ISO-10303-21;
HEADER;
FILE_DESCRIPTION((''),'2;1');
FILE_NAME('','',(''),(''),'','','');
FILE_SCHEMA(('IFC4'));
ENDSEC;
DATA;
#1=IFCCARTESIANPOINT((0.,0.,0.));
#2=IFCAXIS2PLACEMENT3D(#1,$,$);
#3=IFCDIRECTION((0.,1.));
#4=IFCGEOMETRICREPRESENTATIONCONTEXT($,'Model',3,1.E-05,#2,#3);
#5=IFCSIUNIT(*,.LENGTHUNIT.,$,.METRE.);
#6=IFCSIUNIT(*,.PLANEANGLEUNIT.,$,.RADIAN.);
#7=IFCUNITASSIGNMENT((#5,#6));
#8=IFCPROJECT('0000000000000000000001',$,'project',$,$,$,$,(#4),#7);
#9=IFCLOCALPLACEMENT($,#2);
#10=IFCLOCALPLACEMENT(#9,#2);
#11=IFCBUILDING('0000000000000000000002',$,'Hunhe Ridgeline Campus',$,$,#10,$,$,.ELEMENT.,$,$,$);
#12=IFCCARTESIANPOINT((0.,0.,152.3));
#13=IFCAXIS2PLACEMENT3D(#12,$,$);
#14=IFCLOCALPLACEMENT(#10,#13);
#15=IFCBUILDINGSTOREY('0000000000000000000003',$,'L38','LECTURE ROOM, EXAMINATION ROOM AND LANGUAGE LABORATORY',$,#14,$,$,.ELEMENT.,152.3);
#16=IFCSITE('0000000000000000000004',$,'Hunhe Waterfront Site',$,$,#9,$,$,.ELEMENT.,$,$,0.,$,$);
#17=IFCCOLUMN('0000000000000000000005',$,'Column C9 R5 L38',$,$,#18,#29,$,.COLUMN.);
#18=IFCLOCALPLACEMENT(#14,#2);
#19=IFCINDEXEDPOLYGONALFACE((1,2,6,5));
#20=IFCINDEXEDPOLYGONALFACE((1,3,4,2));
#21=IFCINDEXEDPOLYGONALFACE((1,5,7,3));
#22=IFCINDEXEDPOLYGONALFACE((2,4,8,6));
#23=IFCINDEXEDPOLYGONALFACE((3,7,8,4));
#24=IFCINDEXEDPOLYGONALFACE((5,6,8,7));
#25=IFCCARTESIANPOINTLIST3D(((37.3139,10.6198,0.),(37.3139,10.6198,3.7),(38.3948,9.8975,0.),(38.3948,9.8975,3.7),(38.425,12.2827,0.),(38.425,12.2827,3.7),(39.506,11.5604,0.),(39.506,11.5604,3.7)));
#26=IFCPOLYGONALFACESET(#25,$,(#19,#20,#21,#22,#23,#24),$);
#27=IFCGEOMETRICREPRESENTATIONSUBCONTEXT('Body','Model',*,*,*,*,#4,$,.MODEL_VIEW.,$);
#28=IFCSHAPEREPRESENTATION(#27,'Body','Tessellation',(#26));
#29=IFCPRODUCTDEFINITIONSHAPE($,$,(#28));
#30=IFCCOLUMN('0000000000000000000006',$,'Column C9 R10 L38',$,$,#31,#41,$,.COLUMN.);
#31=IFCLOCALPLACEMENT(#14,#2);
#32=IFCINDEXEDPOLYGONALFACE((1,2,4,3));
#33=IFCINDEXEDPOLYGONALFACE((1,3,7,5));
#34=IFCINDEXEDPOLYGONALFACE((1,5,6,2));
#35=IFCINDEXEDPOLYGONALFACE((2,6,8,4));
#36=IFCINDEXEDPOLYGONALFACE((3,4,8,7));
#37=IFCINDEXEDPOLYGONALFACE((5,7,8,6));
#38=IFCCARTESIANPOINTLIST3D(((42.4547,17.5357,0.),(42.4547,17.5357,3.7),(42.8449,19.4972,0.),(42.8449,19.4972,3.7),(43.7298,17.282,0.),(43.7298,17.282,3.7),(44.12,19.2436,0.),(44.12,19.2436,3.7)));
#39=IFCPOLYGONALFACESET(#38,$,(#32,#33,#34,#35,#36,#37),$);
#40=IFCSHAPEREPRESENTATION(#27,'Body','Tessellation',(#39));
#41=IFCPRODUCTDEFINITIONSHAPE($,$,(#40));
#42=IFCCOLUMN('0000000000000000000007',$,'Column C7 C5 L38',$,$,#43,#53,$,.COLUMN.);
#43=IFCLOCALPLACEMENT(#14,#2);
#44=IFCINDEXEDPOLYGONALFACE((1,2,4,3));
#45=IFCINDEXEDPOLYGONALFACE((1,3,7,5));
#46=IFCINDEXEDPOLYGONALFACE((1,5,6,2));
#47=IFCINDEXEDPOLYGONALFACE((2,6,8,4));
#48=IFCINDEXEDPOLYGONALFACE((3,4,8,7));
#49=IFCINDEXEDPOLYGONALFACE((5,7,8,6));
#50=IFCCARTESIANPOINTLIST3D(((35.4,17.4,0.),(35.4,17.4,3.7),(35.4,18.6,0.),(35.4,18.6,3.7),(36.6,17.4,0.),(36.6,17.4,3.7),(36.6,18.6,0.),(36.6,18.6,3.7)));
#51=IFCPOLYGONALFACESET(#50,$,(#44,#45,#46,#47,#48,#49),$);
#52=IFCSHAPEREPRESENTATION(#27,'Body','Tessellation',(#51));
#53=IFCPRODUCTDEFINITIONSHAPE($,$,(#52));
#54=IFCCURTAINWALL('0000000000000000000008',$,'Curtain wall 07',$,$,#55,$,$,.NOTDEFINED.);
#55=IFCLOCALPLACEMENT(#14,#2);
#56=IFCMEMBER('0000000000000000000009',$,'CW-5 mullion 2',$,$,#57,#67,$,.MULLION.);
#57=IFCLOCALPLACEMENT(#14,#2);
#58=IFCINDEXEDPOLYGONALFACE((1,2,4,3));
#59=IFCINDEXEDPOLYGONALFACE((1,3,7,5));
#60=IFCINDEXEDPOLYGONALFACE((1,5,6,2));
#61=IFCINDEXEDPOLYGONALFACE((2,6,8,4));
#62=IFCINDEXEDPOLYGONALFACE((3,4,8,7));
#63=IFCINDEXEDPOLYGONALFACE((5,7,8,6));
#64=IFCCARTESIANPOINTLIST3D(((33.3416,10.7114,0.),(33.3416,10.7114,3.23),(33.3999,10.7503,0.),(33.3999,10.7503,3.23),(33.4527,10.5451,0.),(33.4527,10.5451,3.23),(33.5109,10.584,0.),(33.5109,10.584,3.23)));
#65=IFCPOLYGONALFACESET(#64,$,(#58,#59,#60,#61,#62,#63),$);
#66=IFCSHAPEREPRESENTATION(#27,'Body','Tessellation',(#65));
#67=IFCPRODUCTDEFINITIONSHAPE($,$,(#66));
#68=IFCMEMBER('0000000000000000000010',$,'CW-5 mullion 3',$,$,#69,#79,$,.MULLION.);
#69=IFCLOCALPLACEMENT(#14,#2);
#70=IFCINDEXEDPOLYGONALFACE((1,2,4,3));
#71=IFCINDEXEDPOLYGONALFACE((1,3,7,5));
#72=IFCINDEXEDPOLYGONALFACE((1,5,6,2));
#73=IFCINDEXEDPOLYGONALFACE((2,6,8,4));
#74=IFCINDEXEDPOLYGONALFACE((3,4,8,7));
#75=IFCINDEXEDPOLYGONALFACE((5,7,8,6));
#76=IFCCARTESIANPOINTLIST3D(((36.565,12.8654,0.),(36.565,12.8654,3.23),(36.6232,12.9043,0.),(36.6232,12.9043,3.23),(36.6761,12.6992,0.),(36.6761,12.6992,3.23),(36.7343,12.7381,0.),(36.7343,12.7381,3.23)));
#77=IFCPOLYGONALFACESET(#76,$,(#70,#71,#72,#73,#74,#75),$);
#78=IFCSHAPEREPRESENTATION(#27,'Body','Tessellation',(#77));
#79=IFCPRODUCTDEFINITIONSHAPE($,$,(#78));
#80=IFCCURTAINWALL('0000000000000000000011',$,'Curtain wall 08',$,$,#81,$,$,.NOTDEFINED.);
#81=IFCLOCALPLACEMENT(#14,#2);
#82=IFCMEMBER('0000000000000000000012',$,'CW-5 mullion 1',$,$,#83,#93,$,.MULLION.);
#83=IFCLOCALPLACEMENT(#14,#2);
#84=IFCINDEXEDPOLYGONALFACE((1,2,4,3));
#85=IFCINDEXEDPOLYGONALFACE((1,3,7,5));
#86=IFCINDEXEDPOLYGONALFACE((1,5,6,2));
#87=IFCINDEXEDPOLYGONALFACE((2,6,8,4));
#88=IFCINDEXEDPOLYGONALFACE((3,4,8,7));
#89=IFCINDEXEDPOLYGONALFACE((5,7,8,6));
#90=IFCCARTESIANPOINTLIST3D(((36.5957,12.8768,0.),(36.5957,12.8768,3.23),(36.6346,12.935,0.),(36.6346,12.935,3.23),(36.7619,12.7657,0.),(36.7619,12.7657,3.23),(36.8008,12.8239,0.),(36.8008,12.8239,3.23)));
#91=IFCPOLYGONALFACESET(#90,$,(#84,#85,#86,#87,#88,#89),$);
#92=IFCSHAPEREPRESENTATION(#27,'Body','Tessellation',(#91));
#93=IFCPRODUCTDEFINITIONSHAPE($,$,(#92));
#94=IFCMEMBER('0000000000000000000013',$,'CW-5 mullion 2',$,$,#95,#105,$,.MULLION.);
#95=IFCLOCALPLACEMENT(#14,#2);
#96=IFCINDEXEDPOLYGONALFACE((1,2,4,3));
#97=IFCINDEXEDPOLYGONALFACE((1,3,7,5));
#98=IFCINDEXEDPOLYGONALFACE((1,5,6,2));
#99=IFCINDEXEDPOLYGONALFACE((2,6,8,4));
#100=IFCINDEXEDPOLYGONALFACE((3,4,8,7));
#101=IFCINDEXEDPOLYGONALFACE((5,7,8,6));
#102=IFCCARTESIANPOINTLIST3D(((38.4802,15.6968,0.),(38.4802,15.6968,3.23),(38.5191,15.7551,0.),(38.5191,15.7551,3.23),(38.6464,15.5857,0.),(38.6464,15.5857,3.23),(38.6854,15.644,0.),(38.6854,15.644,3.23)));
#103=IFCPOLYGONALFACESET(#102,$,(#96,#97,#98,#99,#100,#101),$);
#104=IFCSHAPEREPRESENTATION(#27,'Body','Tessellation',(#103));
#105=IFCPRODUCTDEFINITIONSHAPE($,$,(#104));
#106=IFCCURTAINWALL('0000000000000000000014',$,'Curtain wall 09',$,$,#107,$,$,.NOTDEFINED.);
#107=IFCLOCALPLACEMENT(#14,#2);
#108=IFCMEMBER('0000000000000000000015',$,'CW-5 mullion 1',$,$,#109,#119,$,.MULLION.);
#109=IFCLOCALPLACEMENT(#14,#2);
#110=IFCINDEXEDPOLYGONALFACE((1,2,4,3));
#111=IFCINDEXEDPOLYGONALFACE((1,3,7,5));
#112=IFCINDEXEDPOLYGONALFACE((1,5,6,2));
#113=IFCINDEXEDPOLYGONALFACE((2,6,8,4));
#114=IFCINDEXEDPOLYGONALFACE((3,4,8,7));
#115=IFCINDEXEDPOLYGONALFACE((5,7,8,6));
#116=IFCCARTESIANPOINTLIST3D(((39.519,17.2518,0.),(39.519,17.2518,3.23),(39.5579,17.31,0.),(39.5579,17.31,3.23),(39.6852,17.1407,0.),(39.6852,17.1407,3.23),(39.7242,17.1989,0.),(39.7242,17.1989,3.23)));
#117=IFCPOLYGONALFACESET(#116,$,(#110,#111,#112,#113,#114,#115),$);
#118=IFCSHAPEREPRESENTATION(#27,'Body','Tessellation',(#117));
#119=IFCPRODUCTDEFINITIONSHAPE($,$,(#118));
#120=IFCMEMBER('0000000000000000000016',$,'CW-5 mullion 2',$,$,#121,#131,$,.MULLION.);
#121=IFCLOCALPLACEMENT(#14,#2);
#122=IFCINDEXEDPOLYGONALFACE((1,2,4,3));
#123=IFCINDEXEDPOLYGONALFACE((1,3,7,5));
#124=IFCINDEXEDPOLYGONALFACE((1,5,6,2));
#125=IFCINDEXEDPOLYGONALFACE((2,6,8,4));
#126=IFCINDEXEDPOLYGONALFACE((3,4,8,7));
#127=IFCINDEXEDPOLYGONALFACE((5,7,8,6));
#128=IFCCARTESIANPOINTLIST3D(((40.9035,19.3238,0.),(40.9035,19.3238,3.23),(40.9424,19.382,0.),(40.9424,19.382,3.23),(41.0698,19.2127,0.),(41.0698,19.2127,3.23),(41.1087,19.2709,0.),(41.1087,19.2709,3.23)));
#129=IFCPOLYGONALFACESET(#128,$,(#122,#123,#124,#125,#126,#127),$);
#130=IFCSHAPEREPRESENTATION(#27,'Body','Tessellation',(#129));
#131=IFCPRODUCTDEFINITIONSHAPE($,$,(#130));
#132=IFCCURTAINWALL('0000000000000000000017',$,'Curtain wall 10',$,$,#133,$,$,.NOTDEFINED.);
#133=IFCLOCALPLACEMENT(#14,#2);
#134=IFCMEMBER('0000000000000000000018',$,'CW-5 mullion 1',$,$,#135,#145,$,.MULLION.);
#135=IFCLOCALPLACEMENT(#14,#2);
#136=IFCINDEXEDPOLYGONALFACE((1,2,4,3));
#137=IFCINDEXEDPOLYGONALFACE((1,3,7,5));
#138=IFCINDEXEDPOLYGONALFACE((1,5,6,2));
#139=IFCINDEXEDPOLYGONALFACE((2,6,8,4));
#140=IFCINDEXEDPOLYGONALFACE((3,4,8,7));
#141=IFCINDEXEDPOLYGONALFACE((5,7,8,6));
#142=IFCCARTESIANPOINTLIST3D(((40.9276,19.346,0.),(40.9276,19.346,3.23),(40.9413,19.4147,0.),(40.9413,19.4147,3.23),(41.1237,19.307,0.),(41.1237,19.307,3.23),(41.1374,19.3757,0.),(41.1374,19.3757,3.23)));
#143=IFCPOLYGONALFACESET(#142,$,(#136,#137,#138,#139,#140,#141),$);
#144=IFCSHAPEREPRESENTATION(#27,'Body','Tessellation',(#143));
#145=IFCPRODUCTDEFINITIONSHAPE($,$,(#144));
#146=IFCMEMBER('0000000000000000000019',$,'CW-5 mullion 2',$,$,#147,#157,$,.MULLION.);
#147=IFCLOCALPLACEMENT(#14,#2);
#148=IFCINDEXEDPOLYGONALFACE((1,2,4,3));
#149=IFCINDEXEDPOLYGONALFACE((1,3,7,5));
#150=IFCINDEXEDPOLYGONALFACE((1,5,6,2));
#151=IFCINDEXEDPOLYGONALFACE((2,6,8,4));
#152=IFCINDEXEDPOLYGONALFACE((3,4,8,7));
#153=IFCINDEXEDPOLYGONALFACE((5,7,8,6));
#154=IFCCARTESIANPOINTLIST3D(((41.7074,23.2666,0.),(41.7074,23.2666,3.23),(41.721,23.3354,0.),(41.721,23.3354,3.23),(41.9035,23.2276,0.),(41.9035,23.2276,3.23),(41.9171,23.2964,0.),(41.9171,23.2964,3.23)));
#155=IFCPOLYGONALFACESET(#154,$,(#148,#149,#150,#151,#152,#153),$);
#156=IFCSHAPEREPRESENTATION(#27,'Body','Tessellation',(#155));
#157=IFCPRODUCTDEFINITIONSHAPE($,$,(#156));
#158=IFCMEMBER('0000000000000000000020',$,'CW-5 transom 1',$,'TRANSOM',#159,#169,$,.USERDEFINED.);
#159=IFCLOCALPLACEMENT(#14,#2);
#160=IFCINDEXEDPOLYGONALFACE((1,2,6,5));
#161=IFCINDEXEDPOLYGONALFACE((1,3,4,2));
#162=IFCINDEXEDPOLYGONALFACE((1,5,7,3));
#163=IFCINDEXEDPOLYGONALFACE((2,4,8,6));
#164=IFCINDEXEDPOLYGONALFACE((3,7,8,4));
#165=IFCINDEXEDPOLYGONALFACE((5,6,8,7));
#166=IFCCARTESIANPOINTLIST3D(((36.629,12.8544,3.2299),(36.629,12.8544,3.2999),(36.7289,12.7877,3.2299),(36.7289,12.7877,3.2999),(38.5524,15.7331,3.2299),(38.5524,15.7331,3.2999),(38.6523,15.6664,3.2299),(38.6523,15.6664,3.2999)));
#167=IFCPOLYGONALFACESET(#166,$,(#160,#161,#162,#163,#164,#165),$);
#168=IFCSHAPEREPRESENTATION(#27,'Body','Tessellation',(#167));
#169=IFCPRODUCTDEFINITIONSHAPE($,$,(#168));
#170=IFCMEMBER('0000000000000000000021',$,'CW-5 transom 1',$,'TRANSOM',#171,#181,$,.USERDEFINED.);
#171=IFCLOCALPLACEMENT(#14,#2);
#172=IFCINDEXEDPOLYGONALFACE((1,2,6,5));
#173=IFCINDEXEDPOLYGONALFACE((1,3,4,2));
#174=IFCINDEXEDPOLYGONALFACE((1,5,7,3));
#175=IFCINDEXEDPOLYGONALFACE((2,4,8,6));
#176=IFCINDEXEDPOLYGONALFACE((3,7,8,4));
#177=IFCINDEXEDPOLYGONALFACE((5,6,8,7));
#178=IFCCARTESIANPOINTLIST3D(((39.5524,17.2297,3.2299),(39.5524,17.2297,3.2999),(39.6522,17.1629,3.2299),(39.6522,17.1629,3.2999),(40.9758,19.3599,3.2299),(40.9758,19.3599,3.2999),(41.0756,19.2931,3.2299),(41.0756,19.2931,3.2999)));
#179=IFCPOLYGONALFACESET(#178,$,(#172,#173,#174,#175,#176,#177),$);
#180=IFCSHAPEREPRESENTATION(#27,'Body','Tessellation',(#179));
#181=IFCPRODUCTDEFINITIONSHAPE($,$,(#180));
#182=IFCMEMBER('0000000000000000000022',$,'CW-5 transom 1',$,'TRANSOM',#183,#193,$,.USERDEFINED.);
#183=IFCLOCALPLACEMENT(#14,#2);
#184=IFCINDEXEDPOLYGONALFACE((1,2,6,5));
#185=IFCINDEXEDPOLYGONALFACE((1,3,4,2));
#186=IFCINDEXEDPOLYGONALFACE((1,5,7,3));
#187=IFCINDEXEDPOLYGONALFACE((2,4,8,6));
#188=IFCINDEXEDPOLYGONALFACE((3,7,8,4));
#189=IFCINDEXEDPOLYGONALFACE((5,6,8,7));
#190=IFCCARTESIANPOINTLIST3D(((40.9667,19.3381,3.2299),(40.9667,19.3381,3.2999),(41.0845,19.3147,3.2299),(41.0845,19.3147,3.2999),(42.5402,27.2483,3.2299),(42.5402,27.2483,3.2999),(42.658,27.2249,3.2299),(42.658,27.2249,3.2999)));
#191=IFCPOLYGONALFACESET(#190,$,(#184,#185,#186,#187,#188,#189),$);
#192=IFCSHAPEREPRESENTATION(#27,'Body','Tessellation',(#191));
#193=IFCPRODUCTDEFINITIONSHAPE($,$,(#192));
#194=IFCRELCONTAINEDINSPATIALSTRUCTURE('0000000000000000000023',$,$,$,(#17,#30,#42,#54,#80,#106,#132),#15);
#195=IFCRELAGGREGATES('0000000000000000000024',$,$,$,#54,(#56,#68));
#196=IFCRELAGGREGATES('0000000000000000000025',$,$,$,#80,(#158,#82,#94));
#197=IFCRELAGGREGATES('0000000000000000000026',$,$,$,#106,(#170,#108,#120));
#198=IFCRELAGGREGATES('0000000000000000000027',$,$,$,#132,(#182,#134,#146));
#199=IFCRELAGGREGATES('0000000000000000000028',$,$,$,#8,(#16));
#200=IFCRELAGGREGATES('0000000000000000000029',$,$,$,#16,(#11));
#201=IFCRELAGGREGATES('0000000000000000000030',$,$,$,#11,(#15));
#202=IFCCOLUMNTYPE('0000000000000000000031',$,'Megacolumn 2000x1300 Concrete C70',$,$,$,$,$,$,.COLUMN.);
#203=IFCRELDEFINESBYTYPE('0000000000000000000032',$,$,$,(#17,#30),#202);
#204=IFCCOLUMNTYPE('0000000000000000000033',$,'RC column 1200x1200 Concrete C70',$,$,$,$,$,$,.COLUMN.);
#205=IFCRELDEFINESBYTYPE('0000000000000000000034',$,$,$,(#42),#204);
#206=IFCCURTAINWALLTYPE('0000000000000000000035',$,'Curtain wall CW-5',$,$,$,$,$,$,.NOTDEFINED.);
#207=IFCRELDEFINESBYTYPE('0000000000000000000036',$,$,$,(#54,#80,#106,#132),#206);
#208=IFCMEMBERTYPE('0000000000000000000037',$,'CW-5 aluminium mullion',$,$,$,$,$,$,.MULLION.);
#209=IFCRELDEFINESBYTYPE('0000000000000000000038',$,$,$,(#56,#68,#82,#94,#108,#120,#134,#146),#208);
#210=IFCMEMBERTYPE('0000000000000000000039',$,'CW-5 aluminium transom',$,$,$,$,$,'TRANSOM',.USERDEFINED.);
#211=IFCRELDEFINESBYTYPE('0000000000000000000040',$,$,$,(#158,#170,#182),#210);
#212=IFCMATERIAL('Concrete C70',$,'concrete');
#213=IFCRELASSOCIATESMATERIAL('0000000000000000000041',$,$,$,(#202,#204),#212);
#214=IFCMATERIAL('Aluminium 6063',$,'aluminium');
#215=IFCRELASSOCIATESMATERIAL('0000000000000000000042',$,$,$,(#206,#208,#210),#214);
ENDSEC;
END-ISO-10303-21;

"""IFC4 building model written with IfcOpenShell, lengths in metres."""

from ifc_helpers import new_model, si_unit, direction, frame, origin, origin_2d, place, context, subcontext, project, spatial, rectangle, extrude, material, material_profile, profile_set, type_object, element, aggregate, save


model = new_model("IFC4")

# Units and contexts
model_context = context("Model", 3, precision=1e-05, world=origin(), true_north=direction((0.0, 1.0)))
body_context = subcontext(model_context, "Body", "Model", "MODEL_VIEW")
ifc_project = project(units=[si_unit("LENGTHUNIT", "METRE"), si_unit("PLANEANGLEUNIT", "RADIAN")], contexts=[model_context])

# Site, building, storey
site_placement = place(None, origin())
site = spatial("IfcSite", under=ifc_project, at=site_placement, Name="Hunhe Waterfront Site", CompositionType="ELEMENT", RefElevation=0.0)
building_placement = place(site_placement, origin())
building = spatial("IfcBuilding", under=site, at=building_placement, Name="Hunhe Ridgeline Campus", CompositionType="ELEMENT")
storey_placement = place(building_placement, frame((0.0, 0.0, 152.3)))
storey = spatial("IfcBuildingStorey", under=building, at=storey_placement, Name="L38", Description="LECTURE ROOM, EXAMINATION ROOM AND LANGUAGE LABORATORY", CompositionType="ELEMENT", Elevation=152.3)

# Columns
ifc_material_1 = material(Name="Concrete C70", Category="concrete")
ifc_material_profile_1 = material_profile(ifc_material_1, rectangle(XDim=2.0, YDim=1.3, at=origin_2d()))
ifc_profile_set_1 = profile_set([ifc_material_profile_1], Name="Concrete C70")
column_type_1 = type_object("IfcColumnType", Name="Megacolumn 2000x1300 Concrete C70", PredefinedType="COLUMN", material=ifc_profile_set_1)
for number, where, z_axis, x_axis, name in (
    (1, (38.4099, 11.0901, 0.0), (0.0, 0.0, 1.0), (0.55557, 0.83147, 0.0), "Column C9 R5 L38"),
    (2, (43.2874, 18.3896, 0.0), (0.0, 0.0, 1.0), (0.19509, 0.980785, 0.0), "Column C9 R10 L38"),
):
    element("IfcColumn", number, at=place(storey_placement, frame(where, z_axis=z_axis, x_axis=x_axis)), inside=storey, type_object=column_type_1, Name=name, PredefinedType="COLUMN", context=body_context, shape_type="SweptSolid", body=[
        extrude(rectangle(XDim=2.0, YDim=1.3, at=origin_2d()), origin(), (0.0, 0.0, 1.0), 3.7),
    ])
ifc_material_profile_2 = material_profile(ifc_material_1, rectangle(XDim=1.2, YDim=1.2, at=origin_2d()))
ifc_profile_set_2 = profile_set([ifc_material_profile_2], Name="Concrete C70")
column_type_2 = type_object("IfcColumnType", Name="RC column 1200x1200 Concrete C70", PredefinedType="COLUMN", material=ifc_profile_set_2)
column_placement = place(storey_placement, frame((36.0, 18.0, 0.0), z_axis=(0.0, 0.0, 1.0), x_axis=(1.0, 0.0, 0.0)))
element("IfcColumn", 3, at=column_placement, inside=storey, type_object=column_type_2, Name="Column C7 C5 L38", PredefinedType="COLUMN", context=body_context, shape_type="SweptSolid", body=[
    extrude(rectangle(XDim=1.2, YDim=1.2, at=origin_2d()), origin(), (0.0, 0.0, 1.0), 3.7),
])

# Curtain walls, members
ifc_material_2 = material(Name="Aluminium 6063", Category="aluminium")
curtain_wall_type = type_object("IfcCurtainWallType", Name="Curtain wall CW-5", PredefinedType="NOTDEFINED", material=ifc_material_2)
curtain_wall_1_placement = place(storey_placement, origin())
curtain_wall_1 = element("IfcCurtainWall", 4, at=curtain_wall_1_placement, inside=storey, type_object=curtain_wall_type, Name="Curtain wall 07", PredefinedType="NOTDEFINED")
ifc_material_profile_3 = material_profile(ifc_material_2, rectangle(XDim=0.2, YDim=0.0701, at=origin_2d()))
ifc_profile_set_3 = profile_set([ifc_material_profile_3], Name="Aluminium 6063")
member_type_1 = type_object("IfcMemberType", Name="CW-5 aluminium mullion", PredefinedType="MULLION", material=ifc_profile_set_3)
member_1_placement = place(storey_placement, frame((33.4263, 10.6477, 0.0), z_axis=(0.0, 0.0, 1.0), x_axis=(-0.55557, 0.83147, 0.0)))
member_1 = element("IfcMember", 5, at=member_1_placement, type_object=member_type_1, Name="CW-5 mullion 2", PredefinedType="MULLION", context=body_context, shape_type="SweptSolid", body=[
    extrude(rectangle(XDim=0.2, YDim=0.0701, at=origin_2d()), origin(), (0.0, 0.0, 1.0), 3.23),
])
member_2_placement = place(storey_placement, frame((36.6497, 12.8018, 0.0), z_axis=(0.0, 0.0, 1.0), x_axis=(-0.55557, 0.83147, 0.0)))
member_2 = element("IfcMember", 6, at=member_2_placement, type_object=member_type_1, Name="CW-5 mullion 3", PredefinedType="MULLION", context=body_context, shape_type="SweptSolid", body=[
    extrude(rectangle(XDim=0.2, YDim=0.0701, at=origin_2d()), origin(), (0.0, 0.0, 1.0), 3.23),
])
curtain_wall_2_placement = place(storey_placement, origin())
curtain_wall_2 = element("IfcCurtainWall", 7, at=curtain_wall_2_placement, inside=storey, type_object=curtain_wall_type, Name="Curtain wall 08", PredefinedType="NOTDEFINED")
member_3_placement = place(storey_placement, frame((36.6982, 12.8503, 0.0), z_axis=(0.0, 0.0, 1.0), x_axis=(-0.83147, 0.55557, 0.0)))
member_3 = element("IfcMember", 8, at=member_3_placement, type_object=member_type_1, Name="CW-5 mullion 1", PredefinedType="MULLION", context=body_context, shape_type="SweptSolid", body=[
    extrude(rectangle(XDim=0.2, YDim=0.0701, at=origin_2d()), origin(), (0.0, 0.0, 1.0), 3.23),
])
member_4_placement = place(storey_placement, frame((38.5828, 15.6704, 0.0), z_axis=(0.0, 0.0, 1.0), x_axis=(-0.83147, 0.55557, 0.0)))
member_4 = element("IfcMember", 9, at=member_4_placement, type_object=member_type_1, Name="CW-5 mullion 2", PredefinedType="MULLION", context=body_context, shape_type="SweptSolid", body=[
    extrude(rectangle(XDim=0.2, YDim=0.0701, at=origin_2d()), origin(), (0.0, 0.0, 1.0), 3.23),
])
curtain_wall_3_placement = place(storey_placement, origin())
curtain_wall_3 = element("IfcCurtainWall", 10, at=curtain_wall_3_placement, inside=storey, type_object=curtain_wall_type, Name="Curtain wall 09", PredefinedType="NOTDEFINED")
member_5_placement = place(storey_placement, frame((39.6216, 17.2253, 0.0), z_axis=(0.0, 0.0, 1.0), x_axis=(-0.83147, 0.55557, 0.0)))
member_5 = element("IfcMember", 11, at=member_5_placement, type_object=member_type_1, Name="CW-5 mullion 1", PredefinedType="MULLION", context=body_context, shape_type="SweptSolid", body=[
    extrude(rectangle(XDim=0.2, YDim=0.0701, at=origin_2d()), origin(), (0.0, 0.0, 1.0), 3.23),
])
member_6_placement = place(storey_placement, frame((41.0061, 19.2974, 0.0), z_axis=(0.0, 0.0, 1.0), x_axis=(-0.83147, 0.55557, 0.0)))
member_6 = element("IfcMember", 12, at=member_6_placement, type_object=member_type_1, Name="CW-5 mullion 2", PredefinedType="MULLION", context=body_context, shape_type="SweptSolid", body=[
    extrude(rectangle(XDim=0.2, YDim=0.0701, at=origin_2d()), origin(), (0.0, 0.0, 1.0), 3.23),
])
curtain_wall_4_placement = place(storey_placement, origin())
curtain_wall_4 = element("IfcCurtainWall", 13, at=curtain_wall_4_placement, inside=storey, type_object=curtain_wall_type, Name="Curtain wall 10", PredefinedType="NOTDEFINED")
member_7_placement = place(storey_placement, frame((41.0325, 19.3608, 0.0), z_axis=(0.0, 0.0, 1.0), x_axis=(-0.980785, 0.19509, 0.0)))
member_7 = element("IfcMember", 14, at=member_7_placement, type_object=member_type_1, Name="CW-5 mullion 1", PredefinedType="MULLION", context=body_context, shape_type="SweptSolid", body=[
    extrude(rectangle(XDim=0.2, YDim=0.0701, at=origin_2d()), origin(), (0.0, 0.0, 1.0), 3.23),
])
member_8_placement = place(storey_placement, frame((41.8123, 23.2815, 0.0), z_axis=(0.0, 0.0, 1.0), x_axis=(-0.980785, 0.19509, 0.0)))
member_8 = element("IfcMember", 15, at=member_8_placement, type_object=member_type_1, Name="CW-5 mullion 2", PredefinedType="MULLION", context=body_context, shape_type="SweptSolid", body=[
    extrude(rectangle(XDim=0.2, YDim=0.0701, at=origin_2d()), origin(), (0.0, 0.0, 1.0), 3.23),
])

# Members
ifc_material_profile_4 = material_profile(ifc_material_2, rectangle(XDim=0.1201, YDim=0.0701, at=origin_2d()))
ifc_profile_set_4 = profile_set([ifc_material_profile_4], Name="Aluminium 6063")
member_type_2 = type_object("IfcMemberType", Name="CW-5 aluminium transom", ElementType="TRANSOM", PredefinedType="USERDEFINED", material=ifc_profile_set_4)
member_9_placement = place(storey_placement, frame((36.679, 12.821, 3.2649), z_axis=(0.555546, 0.831486, 0.0), x_axis=(-0.831486, 0.555546, 0.0)))
member_9 = element("IfcMember", 16, at=member_9_placement, type_object=member_type_2, Name="CW-5 transom 1", ObjectType="TRANSOM", PredefinedType="USERDEFINED", context=body_context, shape_type="SweptSolid", body=[
    extrude(rectangle(XDim=0.1201, YDim=0.0701, at=origin_2d()), origin(), (0.0, 0.0, 1.0), 3.4622),
])
member_10_placement = place(storey_placement, frame((39.6023, 17.1963, 3.2649), z_axis=(0.55558, 0.831463, 0.0), x_axis=(-0.831463, 0.55558, 0.0)))
member_10 = element("IfcMember", 17, at=member_10_placement, type_object=member_type_2, Name="CW-5 transom 1", ObjectType="TRANSOM", PredefinedType="USERDEFINED", context=body_context, shape_type="SweptSolid", body=[
    extrude(rectangle(XDim=0.1201, YDim=0.0701, at=origin_2d()), origin(), (0.0, 0.0, 1.0), 2.562),
])
member_11_placement = place(storey_placement, frame((41.0256, 19.3264, 3.2649), z_axis=(0.195097, 0.980784, 0.0), x_axis=(-0.980784, 0.195097, 0.0)))
member_11 = element("IfcMember", 18, at=member_11_placement, type_object=member_type_2, Name="CW-5 transom 1", ObjectType="TRANSOM", PredefinedType="USERDEFINED", context=body_context, shape_type="SweptSolid", body=[
    extrude(rectangle(XDim=0.1201, YDim=0.0701, at=origin_2d()), origin(), (0.0, 0.0, 1.0), 8.0652),
])

aggregate(curtain_wall_1, [member_1, member_2])
aggregate(curtain_wall_2, [member_9, member_3, member_4])
aggregate(curtain_wall_3, [member_10, member_5, member_6])
aggregate(curtain_wall_4, [member_11, member_7, member_8])

save(model, "model.ifc")
